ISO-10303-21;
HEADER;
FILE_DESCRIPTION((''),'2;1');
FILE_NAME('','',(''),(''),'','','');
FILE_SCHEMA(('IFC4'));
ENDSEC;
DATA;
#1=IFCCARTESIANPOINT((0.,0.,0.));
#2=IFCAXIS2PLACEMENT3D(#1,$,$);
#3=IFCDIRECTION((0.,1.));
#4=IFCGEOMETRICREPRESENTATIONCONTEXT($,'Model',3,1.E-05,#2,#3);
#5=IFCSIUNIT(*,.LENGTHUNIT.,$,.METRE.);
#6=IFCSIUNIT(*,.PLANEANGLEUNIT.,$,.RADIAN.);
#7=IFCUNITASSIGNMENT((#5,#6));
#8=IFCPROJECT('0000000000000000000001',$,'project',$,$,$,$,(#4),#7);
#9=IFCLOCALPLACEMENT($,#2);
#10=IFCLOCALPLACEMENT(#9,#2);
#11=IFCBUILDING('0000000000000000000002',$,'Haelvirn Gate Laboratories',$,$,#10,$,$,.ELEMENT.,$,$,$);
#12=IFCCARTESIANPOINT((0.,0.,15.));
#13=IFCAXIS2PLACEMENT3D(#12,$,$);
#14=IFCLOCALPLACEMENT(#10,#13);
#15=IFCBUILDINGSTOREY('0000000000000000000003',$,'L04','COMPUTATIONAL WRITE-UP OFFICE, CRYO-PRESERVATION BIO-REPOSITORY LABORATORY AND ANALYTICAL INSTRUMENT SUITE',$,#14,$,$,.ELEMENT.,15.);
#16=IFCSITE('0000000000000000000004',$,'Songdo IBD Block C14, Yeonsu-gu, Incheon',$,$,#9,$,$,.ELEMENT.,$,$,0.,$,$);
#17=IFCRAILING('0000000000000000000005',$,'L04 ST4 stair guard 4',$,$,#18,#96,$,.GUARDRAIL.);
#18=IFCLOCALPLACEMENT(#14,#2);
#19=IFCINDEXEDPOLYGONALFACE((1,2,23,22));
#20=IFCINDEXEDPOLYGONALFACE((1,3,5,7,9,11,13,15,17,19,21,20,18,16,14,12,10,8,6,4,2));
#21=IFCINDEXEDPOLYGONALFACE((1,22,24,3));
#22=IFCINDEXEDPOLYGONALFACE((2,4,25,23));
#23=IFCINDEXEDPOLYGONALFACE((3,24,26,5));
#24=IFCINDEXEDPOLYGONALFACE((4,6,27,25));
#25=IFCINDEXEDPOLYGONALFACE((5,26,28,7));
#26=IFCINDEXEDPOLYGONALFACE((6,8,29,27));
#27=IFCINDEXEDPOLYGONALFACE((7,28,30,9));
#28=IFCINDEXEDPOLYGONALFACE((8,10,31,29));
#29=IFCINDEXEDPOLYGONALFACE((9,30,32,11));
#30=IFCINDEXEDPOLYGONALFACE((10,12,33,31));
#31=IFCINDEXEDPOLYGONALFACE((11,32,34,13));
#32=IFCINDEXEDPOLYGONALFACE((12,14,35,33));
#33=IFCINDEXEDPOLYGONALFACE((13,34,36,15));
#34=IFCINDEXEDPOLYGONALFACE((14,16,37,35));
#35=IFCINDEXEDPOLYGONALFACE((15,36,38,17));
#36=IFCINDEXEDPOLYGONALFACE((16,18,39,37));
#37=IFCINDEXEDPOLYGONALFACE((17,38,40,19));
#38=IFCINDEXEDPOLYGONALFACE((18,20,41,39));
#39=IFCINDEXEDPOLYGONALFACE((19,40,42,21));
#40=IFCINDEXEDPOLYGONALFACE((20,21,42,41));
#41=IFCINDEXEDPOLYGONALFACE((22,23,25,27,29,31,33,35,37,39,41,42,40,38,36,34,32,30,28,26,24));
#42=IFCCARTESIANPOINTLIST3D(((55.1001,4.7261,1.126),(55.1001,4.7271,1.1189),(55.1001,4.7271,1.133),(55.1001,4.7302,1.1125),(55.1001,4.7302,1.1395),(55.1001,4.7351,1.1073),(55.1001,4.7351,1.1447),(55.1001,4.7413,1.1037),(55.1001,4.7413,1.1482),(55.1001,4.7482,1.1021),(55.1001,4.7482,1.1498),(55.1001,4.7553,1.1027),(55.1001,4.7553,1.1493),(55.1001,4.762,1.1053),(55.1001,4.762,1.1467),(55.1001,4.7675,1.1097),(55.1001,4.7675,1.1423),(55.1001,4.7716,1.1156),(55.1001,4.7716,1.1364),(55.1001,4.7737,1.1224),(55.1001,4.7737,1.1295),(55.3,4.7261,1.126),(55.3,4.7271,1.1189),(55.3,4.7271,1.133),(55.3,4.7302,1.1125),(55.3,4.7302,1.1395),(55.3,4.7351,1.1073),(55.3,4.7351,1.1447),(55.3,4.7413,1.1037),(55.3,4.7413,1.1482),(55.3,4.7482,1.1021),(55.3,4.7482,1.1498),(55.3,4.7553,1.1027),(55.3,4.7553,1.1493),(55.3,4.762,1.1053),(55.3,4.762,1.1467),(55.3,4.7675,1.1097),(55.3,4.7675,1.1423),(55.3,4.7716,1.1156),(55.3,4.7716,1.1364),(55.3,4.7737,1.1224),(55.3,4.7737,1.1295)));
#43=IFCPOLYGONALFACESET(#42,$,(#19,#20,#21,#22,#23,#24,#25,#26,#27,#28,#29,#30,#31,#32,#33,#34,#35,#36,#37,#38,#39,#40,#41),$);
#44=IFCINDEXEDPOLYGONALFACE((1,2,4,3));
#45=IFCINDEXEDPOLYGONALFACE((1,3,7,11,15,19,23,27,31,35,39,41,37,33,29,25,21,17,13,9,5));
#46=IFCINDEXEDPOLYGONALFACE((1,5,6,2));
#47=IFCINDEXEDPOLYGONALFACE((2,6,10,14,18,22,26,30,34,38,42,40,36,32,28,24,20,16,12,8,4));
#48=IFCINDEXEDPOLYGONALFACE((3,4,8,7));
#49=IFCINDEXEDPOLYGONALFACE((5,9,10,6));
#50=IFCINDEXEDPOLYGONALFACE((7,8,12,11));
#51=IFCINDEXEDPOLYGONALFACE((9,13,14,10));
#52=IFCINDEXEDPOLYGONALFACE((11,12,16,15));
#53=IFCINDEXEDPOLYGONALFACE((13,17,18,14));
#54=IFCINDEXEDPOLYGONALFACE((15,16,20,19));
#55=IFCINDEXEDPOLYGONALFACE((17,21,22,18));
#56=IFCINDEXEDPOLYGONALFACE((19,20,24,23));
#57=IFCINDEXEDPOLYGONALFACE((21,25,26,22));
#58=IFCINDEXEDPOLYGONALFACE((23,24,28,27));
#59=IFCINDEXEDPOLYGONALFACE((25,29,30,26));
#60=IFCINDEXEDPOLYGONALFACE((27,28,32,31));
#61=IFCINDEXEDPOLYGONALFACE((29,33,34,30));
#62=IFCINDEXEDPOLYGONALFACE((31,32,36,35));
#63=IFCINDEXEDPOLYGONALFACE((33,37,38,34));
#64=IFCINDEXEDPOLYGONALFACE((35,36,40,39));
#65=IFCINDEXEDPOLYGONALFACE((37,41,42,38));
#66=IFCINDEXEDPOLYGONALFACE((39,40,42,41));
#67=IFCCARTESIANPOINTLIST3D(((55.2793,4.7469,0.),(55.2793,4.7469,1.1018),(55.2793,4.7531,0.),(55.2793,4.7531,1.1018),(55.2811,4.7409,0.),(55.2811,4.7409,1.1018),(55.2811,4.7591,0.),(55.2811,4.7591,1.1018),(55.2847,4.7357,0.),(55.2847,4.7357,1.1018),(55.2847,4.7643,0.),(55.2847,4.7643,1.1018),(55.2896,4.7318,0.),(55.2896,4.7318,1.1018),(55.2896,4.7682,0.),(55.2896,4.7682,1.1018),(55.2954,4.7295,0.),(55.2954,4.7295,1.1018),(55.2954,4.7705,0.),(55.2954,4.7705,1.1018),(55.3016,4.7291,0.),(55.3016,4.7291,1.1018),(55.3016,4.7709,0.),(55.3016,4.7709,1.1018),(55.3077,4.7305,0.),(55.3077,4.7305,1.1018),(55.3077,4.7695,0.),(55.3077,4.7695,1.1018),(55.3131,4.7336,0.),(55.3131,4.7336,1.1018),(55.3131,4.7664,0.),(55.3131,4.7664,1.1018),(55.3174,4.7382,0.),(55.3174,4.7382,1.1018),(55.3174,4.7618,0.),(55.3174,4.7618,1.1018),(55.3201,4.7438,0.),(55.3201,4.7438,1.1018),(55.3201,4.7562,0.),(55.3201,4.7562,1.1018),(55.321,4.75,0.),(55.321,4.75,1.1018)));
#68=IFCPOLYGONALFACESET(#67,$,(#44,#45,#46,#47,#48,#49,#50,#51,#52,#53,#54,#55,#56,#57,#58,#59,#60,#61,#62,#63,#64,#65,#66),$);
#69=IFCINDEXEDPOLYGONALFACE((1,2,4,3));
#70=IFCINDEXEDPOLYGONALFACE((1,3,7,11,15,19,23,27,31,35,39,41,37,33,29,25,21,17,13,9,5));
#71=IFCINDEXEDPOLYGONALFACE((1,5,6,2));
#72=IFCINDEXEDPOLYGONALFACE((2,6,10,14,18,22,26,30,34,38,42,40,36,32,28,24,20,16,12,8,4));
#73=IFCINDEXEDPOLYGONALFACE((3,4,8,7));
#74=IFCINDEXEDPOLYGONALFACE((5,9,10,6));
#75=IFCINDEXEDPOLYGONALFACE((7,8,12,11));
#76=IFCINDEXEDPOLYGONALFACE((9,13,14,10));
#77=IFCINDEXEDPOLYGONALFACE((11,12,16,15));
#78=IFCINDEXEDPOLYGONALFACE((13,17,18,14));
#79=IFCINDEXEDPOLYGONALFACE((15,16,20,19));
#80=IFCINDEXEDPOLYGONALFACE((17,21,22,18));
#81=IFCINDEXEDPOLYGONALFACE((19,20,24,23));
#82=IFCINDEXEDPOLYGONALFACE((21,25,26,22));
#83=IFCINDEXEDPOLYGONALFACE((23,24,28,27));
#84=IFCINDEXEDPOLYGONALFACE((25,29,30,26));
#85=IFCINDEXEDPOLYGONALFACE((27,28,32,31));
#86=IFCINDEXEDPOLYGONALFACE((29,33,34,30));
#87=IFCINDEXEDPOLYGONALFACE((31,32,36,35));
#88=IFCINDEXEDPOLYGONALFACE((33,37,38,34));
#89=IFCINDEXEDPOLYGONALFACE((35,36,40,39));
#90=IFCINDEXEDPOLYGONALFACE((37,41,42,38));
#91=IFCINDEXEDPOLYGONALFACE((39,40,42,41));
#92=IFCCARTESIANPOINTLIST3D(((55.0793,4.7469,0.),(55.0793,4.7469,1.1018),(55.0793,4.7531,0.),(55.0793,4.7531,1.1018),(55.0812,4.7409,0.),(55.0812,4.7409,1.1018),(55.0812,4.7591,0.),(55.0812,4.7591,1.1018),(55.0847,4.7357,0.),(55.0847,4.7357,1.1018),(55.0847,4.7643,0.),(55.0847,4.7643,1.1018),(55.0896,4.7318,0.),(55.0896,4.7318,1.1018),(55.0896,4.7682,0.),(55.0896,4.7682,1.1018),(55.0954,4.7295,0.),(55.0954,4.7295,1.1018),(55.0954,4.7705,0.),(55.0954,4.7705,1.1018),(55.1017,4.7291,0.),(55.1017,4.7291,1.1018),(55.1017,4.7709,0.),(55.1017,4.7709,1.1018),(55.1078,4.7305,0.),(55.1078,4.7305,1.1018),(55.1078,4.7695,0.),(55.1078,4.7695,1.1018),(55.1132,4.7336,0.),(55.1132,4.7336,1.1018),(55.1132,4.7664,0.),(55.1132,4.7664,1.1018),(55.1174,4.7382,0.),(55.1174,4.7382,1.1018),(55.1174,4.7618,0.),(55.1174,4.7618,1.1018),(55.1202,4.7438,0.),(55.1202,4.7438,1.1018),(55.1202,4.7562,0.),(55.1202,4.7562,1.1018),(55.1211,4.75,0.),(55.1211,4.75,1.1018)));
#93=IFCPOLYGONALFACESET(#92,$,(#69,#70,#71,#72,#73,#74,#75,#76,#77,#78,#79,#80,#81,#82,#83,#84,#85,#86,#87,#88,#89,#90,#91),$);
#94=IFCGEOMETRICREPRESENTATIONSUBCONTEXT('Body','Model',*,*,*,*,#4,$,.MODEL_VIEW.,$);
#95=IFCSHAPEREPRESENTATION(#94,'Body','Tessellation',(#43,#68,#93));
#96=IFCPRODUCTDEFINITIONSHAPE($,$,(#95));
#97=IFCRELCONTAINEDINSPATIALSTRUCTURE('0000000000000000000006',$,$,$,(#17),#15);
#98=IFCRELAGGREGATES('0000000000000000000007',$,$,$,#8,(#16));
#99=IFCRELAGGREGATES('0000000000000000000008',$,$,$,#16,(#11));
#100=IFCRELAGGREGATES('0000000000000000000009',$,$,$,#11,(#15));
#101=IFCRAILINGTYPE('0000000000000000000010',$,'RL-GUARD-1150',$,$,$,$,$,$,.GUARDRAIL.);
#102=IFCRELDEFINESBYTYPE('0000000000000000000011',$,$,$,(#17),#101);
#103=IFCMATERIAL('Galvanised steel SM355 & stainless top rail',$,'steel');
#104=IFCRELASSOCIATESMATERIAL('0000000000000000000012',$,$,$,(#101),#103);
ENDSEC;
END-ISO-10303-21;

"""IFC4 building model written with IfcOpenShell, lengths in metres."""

from ifc_helpers import new_model, si_unit, direction, frame, origin, origin_2d, place, context, subcontext, project, spatial, circle, extrude, source, transform, mapped, material, type_object, element, save


model = new_model("IFC4")

# Units and contexts
model_context = context("Model", 3, precision=1e-05, world=origin(), true_north=direction((0.0, 1.0)))
body_context = subcontext(model_context, "Body", "Model", "MODEL_VIEW")
ifc_project = project(units=[si_unit("LENGTHUNIT", "METRE"), si_unit("PLANEANGLEUNIT", "RADIAN")], contexts=[model_context])

# Site, building, storey
site_placement = place(None, origin())
site = spatial("IfcSite", under=ifc_project, at=site_placement, Name="Songdo IBD Block C14, Yeonsu-gu, Incheon", CompositionType="ELEMENT", RefElevation=0.0)
building_placement = place(site_placement, origin())
building = spatial("IfcBuilding", under=site, at=building_placement, Name="Haelvirn Gate Laboratories", CompositionType="ELEMENT")
storey_placement = place(building_placement, frame((0.0, 0.0, 15.0)))
storey = spatial("IfcBuildingStorey", under=building, at=storey_placement, Name="L04", Description="COMPUTATIONAL WRITE-UP OFFICE, CRYO-PRESERVATION BIO-REPOSITORY LABORATORY AND ANALYTICAL INSTRUMENT SUITE", CompositionType="ELEMENT", Elevation=15.0)

# Railing
ifc_material_1 = material(Name="Galvanised steel SM355 & stainless top rail", Category="steel")
railing_type_1 = type_object("IfcRailingType", Name="RL-GUARD-1150", PredefinedType="GUARDRAIL", material=ifc_material_1)
shared_shape_1 = source(origin(), body_context, "Body", "SweptSolid", [
    extrude(circle(Radius=0.0239, at=origin_2d()), frame((0.0, 0.0, 1.126), z_axis=(-1.0, 0.0, 0.0), x_axis=(0.0, -1.0, 0.0)), (0.0, 0.0, 1.0), 0.2),
    extrude(circle(Radius=0.021, at=origin_2d()), origin(), (0.0, 0.0, 1.0), 1.1018),
    extrude(circle(Radius=0.021, at=origin_2d()), frame((-0.2, 0.0, 0.0)), (0.0, 0.0, 1.0), 1.1018),
])
railing_1_placement = place(storey_placement, frame((55.3, 4.75, 0.0)))
element("IfcRailing", 1, at=railing_1_placement, inside=storey, type_object=railing_type_1, Name="L04 ST4 stair guard 4", PredefinedType="GUARDRAIL", context=body_context, shape_type="MappedRepresentation", body=[
    mapped(shared_shape_1, transform((0.0, 0.0, 0.0), scale=1.0)),
])

save(model, "model.ifc")
